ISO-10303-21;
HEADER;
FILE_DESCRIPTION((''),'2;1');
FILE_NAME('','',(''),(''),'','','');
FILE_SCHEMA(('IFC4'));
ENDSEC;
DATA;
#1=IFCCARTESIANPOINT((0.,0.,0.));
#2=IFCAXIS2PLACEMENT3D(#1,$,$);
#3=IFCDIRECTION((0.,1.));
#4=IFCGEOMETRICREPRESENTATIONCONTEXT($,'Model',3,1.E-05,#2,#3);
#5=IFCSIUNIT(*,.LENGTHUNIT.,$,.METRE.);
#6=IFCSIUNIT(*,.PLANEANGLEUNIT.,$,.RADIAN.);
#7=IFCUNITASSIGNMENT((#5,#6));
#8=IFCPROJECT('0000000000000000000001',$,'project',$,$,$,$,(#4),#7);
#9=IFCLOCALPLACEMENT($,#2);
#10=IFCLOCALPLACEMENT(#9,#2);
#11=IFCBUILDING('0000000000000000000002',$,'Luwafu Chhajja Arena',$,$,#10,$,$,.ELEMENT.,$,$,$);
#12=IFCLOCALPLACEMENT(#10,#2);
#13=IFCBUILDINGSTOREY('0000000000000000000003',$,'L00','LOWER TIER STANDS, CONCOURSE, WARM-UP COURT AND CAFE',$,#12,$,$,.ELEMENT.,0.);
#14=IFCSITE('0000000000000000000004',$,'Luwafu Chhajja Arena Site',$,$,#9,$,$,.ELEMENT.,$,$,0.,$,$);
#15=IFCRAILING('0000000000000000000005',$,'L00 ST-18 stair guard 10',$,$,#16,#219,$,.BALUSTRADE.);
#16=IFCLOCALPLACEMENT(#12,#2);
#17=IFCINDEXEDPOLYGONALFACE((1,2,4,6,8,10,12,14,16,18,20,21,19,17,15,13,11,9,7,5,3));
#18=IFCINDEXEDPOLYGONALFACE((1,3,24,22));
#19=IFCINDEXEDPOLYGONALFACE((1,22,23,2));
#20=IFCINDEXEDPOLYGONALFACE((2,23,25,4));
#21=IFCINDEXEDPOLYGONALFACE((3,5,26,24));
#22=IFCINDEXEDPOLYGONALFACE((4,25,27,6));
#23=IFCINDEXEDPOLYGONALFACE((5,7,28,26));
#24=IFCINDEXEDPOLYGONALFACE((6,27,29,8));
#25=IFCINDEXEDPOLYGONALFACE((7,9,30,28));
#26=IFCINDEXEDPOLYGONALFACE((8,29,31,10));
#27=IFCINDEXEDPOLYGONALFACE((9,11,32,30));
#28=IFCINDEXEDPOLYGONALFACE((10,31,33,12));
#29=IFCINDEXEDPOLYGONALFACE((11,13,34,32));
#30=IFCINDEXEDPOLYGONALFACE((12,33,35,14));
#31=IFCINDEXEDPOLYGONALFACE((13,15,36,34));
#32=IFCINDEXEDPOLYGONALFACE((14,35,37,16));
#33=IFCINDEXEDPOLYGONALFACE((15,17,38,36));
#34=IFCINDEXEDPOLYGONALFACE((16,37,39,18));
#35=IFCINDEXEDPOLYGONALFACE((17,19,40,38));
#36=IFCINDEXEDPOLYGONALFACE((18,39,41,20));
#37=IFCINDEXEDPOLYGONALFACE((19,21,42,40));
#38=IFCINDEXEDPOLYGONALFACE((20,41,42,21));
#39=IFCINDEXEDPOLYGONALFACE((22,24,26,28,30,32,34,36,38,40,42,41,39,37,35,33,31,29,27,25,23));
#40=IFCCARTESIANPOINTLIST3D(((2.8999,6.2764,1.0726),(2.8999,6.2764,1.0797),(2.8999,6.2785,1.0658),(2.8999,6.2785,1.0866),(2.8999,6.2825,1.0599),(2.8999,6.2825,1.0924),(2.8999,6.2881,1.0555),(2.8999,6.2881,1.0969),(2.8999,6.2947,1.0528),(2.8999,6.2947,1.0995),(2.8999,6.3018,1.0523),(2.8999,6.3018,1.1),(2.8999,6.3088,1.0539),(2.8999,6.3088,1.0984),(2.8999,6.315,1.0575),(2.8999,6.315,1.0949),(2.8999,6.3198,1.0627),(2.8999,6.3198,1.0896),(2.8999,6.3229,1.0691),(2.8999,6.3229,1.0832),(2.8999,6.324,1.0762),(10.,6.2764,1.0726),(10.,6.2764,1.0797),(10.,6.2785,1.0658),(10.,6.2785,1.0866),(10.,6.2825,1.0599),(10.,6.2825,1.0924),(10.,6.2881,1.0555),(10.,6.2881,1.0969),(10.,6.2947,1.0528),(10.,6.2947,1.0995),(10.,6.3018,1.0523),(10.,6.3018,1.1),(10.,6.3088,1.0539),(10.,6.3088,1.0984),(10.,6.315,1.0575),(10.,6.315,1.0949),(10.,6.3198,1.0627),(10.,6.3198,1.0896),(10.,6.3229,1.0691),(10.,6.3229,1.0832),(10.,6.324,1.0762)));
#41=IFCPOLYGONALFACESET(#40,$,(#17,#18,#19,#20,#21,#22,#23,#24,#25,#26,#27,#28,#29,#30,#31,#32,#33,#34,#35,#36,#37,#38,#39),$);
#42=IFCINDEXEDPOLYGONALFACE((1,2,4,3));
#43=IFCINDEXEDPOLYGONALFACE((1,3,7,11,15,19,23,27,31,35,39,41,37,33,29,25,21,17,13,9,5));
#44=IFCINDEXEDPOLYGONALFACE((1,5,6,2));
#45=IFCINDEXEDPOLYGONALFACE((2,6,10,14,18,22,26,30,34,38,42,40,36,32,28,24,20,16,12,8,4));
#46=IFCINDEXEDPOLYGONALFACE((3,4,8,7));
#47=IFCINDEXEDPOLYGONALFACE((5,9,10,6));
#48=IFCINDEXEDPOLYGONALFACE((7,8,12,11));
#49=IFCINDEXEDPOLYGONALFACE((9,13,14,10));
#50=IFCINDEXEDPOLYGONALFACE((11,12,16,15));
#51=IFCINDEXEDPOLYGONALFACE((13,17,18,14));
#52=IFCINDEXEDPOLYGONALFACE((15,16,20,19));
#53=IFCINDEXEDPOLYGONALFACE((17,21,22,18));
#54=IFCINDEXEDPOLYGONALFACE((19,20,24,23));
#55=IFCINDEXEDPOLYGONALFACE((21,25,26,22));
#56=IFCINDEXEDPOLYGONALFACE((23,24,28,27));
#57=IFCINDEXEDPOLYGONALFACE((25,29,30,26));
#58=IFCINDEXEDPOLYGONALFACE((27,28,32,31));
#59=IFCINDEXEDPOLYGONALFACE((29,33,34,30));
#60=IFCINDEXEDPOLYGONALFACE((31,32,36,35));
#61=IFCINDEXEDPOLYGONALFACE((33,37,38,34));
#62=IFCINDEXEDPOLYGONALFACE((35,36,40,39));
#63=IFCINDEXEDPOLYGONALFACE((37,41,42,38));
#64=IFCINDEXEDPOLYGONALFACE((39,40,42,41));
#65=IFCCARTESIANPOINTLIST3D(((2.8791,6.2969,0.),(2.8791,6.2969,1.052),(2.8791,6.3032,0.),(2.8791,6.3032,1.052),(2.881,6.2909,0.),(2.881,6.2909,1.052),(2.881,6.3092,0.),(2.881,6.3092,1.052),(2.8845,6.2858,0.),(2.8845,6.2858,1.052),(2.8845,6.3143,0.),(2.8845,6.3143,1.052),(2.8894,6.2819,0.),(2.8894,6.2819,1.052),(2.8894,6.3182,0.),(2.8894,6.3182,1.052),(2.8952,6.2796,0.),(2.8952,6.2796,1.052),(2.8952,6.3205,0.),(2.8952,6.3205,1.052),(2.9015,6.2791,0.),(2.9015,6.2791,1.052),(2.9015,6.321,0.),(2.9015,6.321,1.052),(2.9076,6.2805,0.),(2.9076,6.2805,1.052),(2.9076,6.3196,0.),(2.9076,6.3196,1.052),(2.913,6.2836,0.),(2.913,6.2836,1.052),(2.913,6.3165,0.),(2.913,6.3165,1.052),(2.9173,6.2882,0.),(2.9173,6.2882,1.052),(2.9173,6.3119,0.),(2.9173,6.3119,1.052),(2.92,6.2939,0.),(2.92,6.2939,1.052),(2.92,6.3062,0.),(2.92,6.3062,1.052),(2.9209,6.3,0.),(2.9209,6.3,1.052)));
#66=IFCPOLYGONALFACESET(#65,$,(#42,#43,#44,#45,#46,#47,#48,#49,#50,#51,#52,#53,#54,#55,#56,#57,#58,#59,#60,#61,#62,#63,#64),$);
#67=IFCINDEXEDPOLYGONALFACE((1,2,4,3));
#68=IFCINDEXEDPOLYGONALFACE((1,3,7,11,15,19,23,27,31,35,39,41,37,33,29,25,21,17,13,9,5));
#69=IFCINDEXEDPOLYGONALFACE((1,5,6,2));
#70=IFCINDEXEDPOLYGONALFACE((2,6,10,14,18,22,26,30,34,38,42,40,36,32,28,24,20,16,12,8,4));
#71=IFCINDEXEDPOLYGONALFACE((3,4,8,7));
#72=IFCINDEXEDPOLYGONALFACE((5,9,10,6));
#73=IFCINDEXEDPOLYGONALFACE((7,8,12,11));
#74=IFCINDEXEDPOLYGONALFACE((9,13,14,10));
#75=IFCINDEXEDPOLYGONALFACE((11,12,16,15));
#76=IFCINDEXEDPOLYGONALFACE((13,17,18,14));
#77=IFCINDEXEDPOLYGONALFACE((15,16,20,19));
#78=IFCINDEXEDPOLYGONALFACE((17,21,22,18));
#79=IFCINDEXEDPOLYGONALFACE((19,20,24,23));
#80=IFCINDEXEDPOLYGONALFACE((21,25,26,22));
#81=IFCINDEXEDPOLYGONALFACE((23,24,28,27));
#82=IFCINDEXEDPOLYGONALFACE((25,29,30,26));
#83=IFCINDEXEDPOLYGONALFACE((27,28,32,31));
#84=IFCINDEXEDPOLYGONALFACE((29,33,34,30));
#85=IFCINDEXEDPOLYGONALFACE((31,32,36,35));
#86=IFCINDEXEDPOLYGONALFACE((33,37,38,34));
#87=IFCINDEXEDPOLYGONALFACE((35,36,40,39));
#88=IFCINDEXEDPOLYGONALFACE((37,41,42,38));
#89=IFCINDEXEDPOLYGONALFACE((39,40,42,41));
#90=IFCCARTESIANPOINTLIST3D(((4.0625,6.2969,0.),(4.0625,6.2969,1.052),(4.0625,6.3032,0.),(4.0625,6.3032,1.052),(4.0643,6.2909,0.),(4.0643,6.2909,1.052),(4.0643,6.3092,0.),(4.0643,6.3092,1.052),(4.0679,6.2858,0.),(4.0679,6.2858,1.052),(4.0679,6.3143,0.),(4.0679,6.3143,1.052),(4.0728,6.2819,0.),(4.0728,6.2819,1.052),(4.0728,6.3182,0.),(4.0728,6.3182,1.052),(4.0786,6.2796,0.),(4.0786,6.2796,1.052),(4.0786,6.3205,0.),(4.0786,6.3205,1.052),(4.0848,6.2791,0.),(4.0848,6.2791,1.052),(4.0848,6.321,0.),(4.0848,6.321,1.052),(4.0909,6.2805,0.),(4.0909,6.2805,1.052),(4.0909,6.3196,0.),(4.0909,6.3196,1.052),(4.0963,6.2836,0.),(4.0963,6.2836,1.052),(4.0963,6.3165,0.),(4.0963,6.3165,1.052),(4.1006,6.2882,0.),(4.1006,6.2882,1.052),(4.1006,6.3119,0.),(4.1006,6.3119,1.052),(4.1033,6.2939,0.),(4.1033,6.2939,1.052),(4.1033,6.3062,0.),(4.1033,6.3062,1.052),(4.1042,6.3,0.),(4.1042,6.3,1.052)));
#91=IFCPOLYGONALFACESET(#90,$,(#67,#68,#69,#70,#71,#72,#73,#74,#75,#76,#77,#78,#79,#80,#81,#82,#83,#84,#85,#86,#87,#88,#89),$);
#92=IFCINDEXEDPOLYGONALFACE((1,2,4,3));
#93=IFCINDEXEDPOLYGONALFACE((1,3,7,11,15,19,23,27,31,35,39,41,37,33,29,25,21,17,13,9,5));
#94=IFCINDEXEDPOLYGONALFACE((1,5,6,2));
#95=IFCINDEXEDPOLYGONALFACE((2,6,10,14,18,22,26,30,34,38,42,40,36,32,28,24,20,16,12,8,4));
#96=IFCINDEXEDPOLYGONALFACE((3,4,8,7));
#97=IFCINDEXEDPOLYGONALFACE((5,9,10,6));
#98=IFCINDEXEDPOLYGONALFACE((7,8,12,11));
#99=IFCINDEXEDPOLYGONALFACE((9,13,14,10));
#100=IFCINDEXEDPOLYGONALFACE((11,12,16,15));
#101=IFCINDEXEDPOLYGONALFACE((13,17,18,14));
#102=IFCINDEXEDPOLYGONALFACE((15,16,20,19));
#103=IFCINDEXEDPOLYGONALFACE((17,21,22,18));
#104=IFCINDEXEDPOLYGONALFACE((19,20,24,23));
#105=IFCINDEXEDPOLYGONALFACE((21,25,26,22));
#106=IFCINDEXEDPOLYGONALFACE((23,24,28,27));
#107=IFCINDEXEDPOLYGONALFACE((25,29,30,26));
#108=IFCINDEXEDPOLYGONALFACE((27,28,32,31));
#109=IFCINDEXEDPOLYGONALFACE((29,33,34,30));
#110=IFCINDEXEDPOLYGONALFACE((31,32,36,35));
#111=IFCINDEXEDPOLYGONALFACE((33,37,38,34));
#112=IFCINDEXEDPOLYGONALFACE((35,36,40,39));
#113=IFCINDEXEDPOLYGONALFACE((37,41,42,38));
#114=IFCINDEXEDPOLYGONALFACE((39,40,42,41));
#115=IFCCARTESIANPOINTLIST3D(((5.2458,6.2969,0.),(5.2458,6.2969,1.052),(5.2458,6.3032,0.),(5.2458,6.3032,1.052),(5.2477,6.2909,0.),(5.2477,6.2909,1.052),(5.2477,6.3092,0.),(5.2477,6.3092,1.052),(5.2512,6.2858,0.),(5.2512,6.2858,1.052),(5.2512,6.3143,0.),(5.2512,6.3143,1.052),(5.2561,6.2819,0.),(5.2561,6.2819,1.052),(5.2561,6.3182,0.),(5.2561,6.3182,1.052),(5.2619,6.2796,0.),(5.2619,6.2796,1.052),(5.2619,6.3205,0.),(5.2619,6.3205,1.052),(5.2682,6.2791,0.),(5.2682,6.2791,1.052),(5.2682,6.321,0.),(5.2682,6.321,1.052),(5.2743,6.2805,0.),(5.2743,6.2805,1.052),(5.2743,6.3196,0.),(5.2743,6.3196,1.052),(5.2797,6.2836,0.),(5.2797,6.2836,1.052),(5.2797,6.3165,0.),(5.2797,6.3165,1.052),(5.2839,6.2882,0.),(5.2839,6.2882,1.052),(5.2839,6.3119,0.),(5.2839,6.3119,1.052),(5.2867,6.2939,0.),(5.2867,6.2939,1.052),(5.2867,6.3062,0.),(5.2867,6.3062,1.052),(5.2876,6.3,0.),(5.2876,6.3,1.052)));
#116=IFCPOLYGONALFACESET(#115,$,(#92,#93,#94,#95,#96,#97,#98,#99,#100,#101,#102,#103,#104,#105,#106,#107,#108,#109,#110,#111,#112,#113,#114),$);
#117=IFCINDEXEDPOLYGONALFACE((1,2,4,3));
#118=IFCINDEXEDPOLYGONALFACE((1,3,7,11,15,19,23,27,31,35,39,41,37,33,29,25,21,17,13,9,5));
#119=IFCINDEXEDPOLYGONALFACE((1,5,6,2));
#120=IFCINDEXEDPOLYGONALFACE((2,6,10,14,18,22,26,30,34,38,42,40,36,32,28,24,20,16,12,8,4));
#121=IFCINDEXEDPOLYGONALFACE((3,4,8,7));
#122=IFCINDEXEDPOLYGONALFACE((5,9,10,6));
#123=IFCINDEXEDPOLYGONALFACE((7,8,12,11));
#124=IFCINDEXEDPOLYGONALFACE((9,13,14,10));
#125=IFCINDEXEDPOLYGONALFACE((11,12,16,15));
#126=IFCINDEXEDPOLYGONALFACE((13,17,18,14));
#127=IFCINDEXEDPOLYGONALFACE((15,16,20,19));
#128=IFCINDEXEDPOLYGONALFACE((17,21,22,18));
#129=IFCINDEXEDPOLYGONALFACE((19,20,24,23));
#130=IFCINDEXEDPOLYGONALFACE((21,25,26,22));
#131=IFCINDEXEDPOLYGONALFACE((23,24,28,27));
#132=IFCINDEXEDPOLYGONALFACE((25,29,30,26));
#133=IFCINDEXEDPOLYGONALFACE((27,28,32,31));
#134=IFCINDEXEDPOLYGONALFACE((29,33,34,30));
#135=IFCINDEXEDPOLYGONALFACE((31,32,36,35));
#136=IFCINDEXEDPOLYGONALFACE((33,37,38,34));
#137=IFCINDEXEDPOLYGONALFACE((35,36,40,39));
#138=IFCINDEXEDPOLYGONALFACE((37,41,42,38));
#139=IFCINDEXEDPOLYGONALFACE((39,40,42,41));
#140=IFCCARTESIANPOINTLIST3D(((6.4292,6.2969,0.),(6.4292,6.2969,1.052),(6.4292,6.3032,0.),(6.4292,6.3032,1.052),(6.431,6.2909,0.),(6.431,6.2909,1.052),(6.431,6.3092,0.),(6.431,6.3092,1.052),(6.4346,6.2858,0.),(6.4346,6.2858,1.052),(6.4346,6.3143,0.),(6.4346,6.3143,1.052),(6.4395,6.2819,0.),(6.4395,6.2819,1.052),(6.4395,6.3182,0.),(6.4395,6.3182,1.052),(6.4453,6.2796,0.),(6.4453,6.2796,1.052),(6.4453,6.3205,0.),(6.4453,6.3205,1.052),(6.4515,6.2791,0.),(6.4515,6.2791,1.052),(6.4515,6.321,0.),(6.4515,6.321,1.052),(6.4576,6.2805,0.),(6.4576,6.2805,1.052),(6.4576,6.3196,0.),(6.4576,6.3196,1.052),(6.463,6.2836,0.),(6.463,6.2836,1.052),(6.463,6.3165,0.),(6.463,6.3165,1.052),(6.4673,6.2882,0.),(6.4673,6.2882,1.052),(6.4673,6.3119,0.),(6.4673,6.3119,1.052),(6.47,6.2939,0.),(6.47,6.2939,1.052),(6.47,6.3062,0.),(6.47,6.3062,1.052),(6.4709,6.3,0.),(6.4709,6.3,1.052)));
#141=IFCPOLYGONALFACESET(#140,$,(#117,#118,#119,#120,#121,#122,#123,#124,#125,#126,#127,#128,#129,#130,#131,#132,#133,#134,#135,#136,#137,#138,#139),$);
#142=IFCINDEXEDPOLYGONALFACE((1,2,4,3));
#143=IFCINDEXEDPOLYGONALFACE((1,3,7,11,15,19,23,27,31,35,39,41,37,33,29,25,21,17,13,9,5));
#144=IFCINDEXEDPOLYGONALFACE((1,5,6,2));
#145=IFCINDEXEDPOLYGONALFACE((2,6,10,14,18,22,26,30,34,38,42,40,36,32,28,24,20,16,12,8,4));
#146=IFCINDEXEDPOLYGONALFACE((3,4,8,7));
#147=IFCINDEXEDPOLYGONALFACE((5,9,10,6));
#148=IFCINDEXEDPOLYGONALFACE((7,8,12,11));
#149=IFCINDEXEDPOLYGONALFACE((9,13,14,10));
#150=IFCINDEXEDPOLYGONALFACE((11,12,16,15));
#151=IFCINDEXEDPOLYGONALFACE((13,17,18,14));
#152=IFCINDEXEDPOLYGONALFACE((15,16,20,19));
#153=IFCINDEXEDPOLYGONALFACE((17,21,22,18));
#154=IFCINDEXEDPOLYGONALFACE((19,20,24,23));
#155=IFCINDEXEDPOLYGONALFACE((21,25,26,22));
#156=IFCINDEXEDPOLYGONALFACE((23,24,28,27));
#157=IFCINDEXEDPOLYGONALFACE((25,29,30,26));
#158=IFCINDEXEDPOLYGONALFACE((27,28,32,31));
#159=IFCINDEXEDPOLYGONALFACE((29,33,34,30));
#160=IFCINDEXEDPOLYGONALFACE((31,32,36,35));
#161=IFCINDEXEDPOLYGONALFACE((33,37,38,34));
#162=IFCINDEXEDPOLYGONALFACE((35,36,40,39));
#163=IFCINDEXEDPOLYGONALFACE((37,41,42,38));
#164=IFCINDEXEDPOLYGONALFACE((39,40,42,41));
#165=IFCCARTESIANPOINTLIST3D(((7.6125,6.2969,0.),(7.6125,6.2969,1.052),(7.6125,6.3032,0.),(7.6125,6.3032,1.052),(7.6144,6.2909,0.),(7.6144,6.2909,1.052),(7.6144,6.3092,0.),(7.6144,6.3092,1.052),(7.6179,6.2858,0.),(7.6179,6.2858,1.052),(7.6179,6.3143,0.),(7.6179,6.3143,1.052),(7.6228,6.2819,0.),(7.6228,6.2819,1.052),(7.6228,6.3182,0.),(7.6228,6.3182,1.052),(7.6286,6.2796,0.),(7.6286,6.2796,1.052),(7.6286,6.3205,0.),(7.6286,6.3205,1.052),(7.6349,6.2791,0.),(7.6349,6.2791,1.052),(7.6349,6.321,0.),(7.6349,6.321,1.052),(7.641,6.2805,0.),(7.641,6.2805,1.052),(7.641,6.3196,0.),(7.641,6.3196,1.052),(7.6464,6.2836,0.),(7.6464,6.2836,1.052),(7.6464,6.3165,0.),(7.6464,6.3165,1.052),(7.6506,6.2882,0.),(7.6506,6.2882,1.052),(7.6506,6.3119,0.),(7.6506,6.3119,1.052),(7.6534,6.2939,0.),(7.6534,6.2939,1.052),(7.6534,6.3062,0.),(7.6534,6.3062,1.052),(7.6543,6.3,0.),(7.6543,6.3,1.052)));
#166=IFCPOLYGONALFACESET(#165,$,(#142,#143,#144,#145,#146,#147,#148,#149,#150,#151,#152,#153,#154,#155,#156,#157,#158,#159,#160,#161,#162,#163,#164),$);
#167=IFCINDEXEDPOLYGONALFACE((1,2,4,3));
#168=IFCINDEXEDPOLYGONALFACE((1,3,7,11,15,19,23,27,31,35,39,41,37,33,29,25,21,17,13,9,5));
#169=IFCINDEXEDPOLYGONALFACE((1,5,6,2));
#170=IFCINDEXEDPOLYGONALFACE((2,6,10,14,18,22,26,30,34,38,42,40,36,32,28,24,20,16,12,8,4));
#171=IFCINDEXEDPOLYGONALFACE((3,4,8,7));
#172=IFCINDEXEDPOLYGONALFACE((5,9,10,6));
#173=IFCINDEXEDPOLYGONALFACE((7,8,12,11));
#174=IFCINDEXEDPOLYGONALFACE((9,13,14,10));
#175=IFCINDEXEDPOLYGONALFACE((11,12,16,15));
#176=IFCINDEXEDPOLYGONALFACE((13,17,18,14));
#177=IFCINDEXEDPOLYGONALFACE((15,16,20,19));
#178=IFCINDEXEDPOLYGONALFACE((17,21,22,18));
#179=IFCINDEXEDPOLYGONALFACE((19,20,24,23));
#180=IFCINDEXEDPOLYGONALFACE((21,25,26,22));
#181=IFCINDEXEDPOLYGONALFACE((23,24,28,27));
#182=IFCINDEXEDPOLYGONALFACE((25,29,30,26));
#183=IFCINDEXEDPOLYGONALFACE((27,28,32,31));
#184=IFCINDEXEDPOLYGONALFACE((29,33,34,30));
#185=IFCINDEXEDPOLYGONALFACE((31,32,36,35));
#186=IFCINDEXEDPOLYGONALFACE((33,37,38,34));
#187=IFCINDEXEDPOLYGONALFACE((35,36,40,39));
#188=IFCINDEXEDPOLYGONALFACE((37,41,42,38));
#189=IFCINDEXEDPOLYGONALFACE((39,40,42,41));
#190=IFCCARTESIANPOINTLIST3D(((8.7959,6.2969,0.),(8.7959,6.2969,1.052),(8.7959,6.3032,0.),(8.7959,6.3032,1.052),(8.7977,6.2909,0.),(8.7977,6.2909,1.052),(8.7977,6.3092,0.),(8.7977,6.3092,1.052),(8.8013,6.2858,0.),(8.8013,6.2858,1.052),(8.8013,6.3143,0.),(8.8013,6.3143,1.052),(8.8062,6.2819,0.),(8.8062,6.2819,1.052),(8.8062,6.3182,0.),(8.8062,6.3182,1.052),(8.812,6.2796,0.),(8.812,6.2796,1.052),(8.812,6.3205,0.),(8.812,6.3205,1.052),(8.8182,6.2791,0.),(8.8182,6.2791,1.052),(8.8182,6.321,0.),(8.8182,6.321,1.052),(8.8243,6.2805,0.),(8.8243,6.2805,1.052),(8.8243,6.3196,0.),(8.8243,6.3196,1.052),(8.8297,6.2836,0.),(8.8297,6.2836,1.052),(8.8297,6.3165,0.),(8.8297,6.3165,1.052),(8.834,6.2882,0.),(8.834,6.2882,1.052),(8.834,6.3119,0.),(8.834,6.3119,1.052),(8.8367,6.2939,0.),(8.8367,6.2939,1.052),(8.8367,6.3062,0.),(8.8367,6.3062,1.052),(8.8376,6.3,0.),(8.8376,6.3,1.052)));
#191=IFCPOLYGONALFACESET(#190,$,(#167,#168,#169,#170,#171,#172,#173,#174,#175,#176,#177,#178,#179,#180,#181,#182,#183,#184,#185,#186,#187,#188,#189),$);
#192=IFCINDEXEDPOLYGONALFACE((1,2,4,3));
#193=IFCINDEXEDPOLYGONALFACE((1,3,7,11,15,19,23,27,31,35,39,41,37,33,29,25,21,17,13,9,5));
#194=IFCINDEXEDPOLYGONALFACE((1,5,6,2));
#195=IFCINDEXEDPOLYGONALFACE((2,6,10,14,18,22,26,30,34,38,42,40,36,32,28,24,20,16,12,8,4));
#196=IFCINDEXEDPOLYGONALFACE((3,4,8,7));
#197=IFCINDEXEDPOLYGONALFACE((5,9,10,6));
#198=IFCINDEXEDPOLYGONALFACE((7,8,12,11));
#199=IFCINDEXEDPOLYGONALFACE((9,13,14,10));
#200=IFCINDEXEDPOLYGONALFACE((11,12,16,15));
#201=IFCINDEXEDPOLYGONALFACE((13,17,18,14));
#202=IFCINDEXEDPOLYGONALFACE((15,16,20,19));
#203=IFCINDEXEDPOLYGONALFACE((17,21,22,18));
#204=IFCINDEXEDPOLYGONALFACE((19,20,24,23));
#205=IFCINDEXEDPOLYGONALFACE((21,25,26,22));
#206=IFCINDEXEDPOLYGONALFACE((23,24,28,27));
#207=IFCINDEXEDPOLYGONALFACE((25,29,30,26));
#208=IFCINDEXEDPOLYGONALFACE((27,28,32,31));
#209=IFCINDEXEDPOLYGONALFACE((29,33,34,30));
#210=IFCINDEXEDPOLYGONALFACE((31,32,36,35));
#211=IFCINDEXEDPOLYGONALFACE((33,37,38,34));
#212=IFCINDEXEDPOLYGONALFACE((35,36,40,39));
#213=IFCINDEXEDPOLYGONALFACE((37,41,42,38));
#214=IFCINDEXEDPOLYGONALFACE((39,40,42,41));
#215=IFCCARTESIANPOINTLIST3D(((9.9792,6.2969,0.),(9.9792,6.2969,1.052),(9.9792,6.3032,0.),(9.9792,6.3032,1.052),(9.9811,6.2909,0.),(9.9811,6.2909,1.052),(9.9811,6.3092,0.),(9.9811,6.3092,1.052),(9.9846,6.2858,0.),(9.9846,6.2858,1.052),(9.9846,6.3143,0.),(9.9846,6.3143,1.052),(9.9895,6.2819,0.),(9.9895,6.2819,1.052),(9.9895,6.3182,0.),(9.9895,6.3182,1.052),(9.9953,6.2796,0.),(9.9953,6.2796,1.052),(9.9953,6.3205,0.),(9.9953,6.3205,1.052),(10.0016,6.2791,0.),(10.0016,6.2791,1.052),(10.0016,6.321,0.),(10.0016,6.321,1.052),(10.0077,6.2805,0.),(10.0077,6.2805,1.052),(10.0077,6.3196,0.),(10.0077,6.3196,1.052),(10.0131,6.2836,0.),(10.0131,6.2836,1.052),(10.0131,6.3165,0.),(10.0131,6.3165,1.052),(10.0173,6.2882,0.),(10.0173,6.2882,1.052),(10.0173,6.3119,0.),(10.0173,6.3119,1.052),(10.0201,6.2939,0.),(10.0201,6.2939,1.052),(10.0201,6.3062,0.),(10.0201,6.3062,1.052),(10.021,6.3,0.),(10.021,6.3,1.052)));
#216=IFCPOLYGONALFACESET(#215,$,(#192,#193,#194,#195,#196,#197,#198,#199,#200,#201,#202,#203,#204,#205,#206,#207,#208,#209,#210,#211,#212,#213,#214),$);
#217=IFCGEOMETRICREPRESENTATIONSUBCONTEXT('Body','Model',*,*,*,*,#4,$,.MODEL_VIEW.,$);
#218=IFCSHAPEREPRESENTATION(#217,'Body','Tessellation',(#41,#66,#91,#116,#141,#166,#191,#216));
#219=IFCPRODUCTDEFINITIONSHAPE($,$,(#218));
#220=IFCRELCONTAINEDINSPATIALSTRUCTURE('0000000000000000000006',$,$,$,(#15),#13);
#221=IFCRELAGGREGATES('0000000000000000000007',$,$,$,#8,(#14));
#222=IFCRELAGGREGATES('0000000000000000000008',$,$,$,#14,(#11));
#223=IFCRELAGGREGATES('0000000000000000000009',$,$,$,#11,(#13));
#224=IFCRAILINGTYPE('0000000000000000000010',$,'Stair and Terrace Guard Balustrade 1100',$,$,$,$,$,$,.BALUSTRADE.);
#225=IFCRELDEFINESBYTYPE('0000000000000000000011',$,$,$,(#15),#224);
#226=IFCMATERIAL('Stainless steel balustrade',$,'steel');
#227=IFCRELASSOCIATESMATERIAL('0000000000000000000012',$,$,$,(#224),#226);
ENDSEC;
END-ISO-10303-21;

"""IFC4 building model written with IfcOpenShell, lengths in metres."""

from ifc_helpers import new_model, si_unit, direction, frame, origin, origin_2d, place, context, subcontext, project, spatial, circle, extrude, material, type_object, element, save


model = new_model("IFC4")

# Units and contexts
model_context = context("Model", 3, precision=1e-05, world=origin(), true_north=direction((0.0, 1.0)))
body_context = subcontext(model_context, "Body", "Model", "MODEL_VIEW")
ifc_project = project(units=[si_unit("LENGTHUNIT", "METRE"), si_unit("PLANEANGLEUNIT", "RADIAN")], contexts=[model_context])

# Site, building, storey
site_placement = place(None, origin())
site = spatial("IfcSite", under=ifc_project, at=site_placement, Name="Luwafu Chhajja Arena Site", CompositionType="ELEMENT", RefElevation=0.0)
building_placement = place(site_placement, origin())
building = spatial("IfcBuilding", under=site, at=building_placement, Name="Luwafu Chhajja Arena", CompositionType="ELEMENT")
storey_placement = place(building_placement, origin())
storey = spatial("IfcBuildingStorey", under=building, at=storey_placement, Name="L00", Description="LOWER TIER STANDS, CONCOURSE, WARM-UP COURT AND CAFE", CompositionType="ELEMENT", Elevation=0.0)

# Railing
ifc_material_1 = material(Name="Stainless steel balustrade", Category="steel")
railing_type_1 = type_object("IfcRailingType", Name="Stair and Terrace Guard Balustrade 1100", PredefinedType="BALUSTRADE", material=ifc_material_1)
for number, where, name in (
    (1, (2.8999, 6.3, 0.0), "L00 ST-18 stair guard 10"),
):
    element("IfcRailing", number, at=place(storey_placement, frame(where)), inside=storey, type_object=railing_type_1, Name=name, PredefinedType="BALUSTRADE", context=body_context, shape_type="SweptSolid", body=[
        extrude(circle(Radius=0.0239, at=origin_2d()), frame((0.0, 0.0, 1.0762), z_axis=(1.0, 0.0, 0.0), x_axis=(0.0, 1.0, 0.0)), (0.0, 0.0, 1.0), 7.1001),
        extrude(circle(Radius=0.021, at=origin_2d()), origin(), (0.0, 0.0, 1.0), 1.052),
        extrude(circle(Radius=0.021, at=origin_2d()), frame((1.1833, 0.0, 0.0)), (0.0, 0.0, 1.0), 1.052),
        extrude(circle(Radius=0.021, at=origin_2d()), frame((2.3667, 0.0, 0.0)), (0.0, 0.0, 1.0), 1.052),
        extrude(circle(Radius=0.021, at=origin_2d()), frame((3.55, 0.0, 0.0)), (0.0, 0.0, 1.0), 1.052),
        extrude(circle(Radius=0.021, at=origin_2d()), frame((4.7334, 0.0, 0.0)), (0.0, 0.0, 1.0), 1.052),
        extrude(circle(Radius=0.021, at=origin_2d()), frame((5.9167, 0.0, 0.0)), (0.0, 0.0, 1.0), 1.052),
        extrude(circle(Radius=0.021, at=origin_2d()), frame((7.1001, 0.0, 0.0)), (0.0, 0.0, 1.0), 1.052),
    ])

save(model, "model.ifc")
